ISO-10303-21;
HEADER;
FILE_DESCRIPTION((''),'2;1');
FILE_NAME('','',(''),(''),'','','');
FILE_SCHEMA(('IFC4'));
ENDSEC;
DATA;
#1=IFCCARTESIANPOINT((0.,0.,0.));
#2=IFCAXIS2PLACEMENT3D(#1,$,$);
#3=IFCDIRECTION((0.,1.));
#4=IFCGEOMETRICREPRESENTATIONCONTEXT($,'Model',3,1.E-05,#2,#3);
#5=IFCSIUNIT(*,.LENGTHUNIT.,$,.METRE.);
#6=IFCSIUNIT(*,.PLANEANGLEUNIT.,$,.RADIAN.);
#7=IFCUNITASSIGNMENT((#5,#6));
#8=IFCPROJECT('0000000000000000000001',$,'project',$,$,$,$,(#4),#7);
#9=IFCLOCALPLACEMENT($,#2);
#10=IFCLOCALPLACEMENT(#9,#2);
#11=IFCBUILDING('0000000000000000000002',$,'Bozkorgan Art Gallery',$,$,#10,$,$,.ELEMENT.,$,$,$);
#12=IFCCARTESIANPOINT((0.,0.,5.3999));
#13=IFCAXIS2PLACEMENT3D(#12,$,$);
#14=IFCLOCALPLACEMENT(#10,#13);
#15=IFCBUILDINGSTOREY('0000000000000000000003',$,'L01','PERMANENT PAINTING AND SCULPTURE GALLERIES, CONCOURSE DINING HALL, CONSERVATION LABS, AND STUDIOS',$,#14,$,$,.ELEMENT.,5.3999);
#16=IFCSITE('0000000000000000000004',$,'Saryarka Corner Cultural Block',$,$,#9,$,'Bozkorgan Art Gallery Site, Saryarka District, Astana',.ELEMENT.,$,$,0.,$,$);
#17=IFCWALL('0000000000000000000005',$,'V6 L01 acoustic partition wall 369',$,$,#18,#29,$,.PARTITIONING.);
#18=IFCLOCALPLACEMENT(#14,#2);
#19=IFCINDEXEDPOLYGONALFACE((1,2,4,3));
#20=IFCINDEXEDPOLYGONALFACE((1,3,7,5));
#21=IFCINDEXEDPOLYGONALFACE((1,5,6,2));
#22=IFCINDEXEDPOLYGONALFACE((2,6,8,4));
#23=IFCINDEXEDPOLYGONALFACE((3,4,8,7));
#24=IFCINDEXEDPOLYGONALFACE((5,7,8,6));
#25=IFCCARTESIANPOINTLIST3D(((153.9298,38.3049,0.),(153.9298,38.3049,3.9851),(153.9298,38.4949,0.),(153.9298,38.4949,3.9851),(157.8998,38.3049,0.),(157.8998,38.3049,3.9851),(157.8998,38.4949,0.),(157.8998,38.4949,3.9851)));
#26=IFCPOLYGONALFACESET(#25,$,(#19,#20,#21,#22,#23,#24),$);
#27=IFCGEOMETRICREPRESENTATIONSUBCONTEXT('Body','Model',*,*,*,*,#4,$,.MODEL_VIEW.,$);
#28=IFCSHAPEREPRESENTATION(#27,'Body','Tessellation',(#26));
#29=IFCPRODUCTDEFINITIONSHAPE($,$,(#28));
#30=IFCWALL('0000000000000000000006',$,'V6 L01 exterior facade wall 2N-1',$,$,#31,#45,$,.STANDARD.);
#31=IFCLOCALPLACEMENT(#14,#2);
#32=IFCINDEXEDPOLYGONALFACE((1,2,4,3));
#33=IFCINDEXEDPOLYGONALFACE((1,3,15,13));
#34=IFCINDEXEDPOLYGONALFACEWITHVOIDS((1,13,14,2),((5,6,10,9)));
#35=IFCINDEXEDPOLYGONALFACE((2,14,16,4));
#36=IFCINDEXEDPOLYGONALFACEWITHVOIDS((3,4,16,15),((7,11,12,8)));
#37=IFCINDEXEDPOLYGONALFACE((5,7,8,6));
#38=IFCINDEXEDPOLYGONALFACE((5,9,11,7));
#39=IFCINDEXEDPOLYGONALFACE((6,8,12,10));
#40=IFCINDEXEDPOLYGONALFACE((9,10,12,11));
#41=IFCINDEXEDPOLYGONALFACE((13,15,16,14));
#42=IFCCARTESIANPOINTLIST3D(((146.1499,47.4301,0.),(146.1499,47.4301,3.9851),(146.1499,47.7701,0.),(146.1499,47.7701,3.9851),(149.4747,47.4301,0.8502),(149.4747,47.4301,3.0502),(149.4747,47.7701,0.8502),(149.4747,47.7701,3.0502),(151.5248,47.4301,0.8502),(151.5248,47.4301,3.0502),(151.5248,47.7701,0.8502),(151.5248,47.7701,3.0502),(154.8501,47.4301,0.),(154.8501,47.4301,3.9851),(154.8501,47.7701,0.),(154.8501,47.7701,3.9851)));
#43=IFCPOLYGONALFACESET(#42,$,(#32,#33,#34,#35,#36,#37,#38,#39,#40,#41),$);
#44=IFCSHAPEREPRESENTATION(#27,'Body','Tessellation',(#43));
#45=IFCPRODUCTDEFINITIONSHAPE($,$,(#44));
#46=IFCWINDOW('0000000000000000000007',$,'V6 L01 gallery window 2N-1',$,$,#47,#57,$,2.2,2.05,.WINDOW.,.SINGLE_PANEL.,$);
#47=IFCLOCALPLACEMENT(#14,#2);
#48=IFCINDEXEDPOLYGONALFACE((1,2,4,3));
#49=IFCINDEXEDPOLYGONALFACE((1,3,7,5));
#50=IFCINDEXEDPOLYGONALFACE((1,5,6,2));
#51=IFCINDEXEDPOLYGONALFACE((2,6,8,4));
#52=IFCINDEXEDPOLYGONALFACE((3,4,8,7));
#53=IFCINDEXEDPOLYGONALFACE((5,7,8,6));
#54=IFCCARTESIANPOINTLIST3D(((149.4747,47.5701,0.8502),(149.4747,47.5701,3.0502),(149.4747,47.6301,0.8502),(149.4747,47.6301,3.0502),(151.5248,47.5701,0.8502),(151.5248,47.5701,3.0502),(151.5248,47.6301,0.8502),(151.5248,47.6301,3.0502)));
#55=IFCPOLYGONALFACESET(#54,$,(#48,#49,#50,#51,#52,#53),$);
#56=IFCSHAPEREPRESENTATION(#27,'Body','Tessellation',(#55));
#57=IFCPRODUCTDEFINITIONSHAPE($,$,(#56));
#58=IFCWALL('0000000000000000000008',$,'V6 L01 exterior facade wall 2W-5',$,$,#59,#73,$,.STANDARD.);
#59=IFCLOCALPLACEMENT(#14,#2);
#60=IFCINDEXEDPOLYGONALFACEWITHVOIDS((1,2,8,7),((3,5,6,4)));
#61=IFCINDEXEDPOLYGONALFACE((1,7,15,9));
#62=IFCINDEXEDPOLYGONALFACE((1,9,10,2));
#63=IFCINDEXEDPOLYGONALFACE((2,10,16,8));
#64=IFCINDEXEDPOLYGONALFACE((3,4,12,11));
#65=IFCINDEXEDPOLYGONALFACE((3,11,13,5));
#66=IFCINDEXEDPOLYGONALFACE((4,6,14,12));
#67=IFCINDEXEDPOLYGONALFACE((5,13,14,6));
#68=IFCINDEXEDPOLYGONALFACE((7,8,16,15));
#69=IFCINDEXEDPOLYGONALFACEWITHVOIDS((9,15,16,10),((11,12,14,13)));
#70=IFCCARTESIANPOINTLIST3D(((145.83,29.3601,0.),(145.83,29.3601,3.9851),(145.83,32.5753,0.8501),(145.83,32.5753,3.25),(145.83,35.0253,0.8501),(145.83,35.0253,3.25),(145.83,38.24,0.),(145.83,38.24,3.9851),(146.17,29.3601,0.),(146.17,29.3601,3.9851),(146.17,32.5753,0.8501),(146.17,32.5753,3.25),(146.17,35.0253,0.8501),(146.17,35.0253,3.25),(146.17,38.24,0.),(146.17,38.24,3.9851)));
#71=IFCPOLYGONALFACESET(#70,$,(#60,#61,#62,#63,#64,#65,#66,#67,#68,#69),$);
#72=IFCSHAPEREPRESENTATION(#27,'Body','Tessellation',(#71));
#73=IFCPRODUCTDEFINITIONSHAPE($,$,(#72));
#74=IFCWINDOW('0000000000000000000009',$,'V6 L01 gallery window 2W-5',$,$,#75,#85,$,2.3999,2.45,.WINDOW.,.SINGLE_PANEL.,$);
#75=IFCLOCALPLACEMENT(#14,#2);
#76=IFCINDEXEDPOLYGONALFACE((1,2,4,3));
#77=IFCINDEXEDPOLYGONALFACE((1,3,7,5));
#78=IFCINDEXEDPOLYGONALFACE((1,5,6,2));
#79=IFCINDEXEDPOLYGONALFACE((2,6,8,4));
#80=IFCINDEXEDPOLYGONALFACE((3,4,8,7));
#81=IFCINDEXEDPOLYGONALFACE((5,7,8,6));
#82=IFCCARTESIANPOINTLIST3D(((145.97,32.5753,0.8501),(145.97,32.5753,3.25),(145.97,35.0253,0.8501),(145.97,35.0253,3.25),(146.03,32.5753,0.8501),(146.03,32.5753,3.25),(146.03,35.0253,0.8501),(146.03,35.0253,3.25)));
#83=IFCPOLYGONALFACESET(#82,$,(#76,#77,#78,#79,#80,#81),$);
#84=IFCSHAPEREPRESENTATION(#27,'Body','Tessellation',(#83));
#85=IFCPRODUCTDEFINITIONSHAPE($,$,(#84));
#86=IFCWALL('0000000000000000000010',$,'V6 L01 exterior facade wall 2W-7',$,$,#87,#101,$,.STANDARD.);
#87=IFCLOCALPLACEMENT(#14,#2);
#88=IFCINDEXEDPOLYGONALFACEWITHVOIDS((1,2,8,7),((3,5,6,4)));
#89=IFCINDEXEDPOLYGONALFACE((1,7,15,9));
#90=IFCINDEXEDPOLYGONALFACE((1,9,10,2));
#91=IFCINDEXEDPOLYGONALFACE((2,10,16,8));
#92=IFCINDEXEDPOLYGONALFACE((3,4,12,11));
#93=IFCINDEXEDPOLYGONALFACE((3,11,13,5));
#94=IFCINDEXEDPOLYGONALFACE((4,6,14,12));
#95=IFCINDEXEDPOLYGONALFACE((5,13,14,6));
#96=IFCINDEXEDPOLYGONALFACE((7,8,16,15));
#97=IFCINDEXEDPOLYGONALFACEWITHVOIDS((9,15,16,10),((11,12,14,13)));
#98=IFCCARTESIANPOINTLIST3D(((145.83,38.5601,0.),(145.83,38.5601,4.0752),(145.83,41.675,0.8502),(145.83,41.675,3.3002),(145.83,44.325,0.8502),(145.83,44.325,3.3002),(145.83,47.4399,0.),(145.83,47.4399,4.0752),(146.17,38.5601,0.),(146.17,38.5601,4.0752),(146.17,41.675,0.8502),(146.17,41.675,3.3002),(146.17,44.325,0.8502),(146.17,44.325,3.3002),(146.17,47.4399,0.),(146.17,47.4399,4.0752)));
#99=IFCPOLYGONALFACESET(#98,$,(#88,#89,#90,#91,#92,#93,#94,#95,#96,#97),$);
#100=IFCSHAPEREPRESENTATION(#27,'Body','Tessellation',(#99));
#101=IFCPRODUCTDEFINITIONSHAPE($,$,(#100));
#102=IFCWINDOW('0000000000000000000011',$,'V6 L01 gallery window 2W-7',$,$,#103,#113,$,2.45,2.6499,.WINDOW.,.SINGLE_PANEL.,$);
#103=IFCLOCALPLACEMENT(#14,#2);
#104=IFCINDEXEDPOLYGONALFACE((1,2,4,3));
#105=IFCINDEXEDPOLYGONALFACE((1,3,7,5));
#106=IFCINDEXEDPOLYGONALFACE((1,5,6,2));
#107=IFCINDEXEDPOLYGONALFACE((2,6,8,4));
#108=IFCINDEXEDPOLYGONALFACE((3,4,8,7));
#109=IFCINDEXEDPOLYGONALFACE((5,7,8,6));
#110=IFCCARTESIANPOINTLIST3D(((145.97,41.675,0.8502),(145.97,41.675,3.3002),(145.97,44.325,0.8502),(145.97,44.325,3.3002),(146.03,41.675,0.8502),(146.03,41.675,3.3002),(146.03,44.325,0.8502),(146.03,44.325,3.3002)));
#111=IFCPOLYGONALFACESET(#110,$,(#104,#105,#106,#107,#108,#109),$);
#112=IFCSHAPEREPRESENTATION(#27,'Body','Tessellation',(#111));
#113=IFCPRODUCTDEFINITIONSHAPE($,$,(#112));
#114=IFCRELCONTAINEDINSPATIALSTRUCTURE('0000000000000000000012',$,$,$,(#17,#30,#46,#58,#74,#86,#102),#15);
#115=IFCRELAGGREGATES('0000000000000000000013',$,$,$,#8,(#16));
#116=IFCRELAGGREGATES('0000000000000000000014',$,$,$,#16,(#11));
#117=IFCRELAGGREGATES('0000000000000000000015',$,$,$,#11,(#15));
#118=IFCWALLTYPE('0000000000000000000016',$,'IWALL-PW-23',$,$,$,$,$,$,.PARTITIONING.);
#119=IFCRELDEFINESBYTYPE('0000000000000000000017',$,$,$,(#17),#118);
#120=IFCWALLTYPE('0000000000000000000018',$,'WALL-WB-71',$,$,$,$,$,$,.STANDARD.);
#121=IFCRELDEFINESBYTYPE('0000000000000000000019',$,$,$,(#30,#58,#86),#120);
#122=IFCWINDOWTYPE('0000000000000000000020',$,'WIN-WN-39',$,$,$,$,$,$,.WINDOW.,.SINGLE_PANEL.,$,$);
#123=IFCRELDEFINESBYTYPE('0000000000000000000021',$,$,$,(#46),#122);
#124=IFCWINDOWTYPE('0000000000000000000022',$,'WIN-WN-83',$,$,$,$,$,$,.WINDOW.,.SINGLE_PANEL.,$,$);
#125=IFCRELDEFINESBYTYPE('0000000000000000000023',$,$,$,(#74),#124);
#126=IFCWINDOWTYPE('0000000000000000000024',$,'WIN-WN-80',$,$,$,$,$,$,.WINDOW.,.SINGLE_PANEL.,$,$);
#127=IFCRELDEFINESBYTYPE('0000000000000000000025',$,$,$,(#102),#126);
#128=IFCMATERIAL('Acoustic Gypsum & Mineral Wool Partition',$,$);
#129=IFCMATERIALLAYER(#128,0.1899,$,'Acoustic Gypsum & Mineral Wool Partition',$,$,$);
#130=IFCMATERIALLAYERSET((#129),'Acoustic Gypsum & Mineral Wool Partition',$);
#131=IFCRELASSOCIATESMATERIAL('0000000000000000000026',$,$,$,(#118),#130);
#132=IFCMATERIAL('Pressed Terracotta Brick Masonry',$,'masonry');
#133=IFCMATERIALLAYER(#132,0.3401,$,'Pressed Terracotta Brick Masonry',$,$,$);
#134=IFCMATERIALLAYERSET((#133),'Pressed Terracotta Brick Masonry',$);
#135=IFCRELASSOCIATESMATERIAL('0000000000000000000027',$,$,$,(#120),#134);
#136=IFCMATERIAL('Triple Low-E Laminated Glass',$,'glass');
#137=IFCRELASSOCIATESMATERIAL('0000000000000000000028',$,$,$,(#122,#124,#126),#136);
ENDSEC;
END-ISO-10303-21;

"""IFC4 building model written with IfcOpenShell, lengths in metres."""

from ifc_helpers import new_model, si_unit, direction, frame, frame_2d, origin, place, context, subcontext, project, spatial, rectangle, extrude, material, layer, layer_set, type_object, element, fill, save


model = new_model("IFC4")

# Units and contexts
model_context = context("Model", 3, precision=1e-05, world=origin(), true_north=direction((0.0, 1.0)))
body_context = subcontext(model_context, "Body", "Model", "MODEL_VIEW")
ifc_project = project(units=[si_unit("LENGTHUNIT", "METRE"), si_unit("PLANEANGLEUNIT", "RADIAN")], contexts=[model_context])

# Site, building, storey
site_placement = place(None, origin())
site = spatial("IfcSite", under=ifc_project, at=site_placement, Name="Saryarka Corner Cultural Block", LongName="Bozkorgan Art Gallery Site, Saryarka District, Astana", CompositionType="ELEMENT", RefElevation=0.0)
building_placement = place(site_placement, origin())
building = spatial("IfcBuilding", under=site, at=building_placement, Name="Bozkorgan Art Gallery", CompositionType="ELEMENT")
storey_placement = place(building_placement, frame((0.0, 0.0, 5.3999)))
storey = spatial("IfcBuildingStorey", under=building, at=storey_placement, Name="L01", Description="PERMANENT PAINTING AND SCULPTURE GALLERIES, CONCOURSE DINING HALL, CONSERVATION LABS, AND STUDIOS", CompositionType="ELEMENT", Elevation=5.3999)

# Wall
ifc_material_1 = material(Name="Acoustic Gypsum & Mineral Wool Partition")
ifc_layer_1 = layer(ifc_material_1, 0.1899, Name="Acoustic Gypsum & Mineral Wool Partition")
ifc_layer_set_1 = layer_set([ifc_layer_1], Name="Acoustic Gypsum & Mineral Wool Partition")
wall_type_1 = type_object("IfcWallType", Name="IWALL-PW-23", PredefinedType="PARTITIONING", material=ifc_layer_set_1)
wall_1_placement = place(storey_placement, frame((153.9299, 38.3999, 0.0), z_axis=(0.0, 0.0, 1.0), x_axis=(1.0, 0.0, 0.0)))
element("IfcWall", 1, at=wall_1_placement, inside=storey, type_object=wall_type_1, Name="V6 L01 acoustic partition wall 369", PredefinedType="PARTITIONING", context=body_context, shape_type="SweptSolid", body=[
    extrude(rectangle(XDim=3.97, YDim=0.1899, at=frame_2d((1.9849, 0.0))), origin(), (0.0, 0.0, 1.0), 3.9851),
])

# Walls, openings, windows
ifc_material_2 = material(Name="Pressed Terracotta Brick Masonry", Category="masonry")
ifc_layer_2 = layer(ifc_material_2, 0.3401, Name="Pressed Terracotta Brick Masonry")
ifc_layer_set_2 = layer_set([ifc_layer_2], Name="Pressed Terracotta Brick Masonry")
wall_type_2 = type_object("IfcWallType", Name="WALL-WB-71", PredefinedType="STANDARD", material=ifc_layer_set_2)
wall_2_placement = place(storey_placement, frame((146.1499, 47.6001, 0.0), z_axis=(0.0, 0.0, 1.0), x_axis=(1.0, 0.0, 0.0)))
wall_2 = element("IfcWall", 2, at=wall_2_placement, inside=storey, type_object=wall_type_2, Name="V6 L01 exterior facade wall 2N-1", PredefinedType="STANDARD", context=body_context, shape_type="SweptSolid", body=[
    extrude(rectangle(XDim=8.7002, YDim=0.3401, at=frame_2d((4.3501, 0.0))), origin(), (0.0, 0.0, 1.0), 3.9851),
])
opening_1_placement = place(wall_2_placement, frame((3.325, 0.0, 0.8501)))
opening_1 = element("IfcOpeningElement", 3, at=opening_1_placement, cuts=wall_2, PredefinedType="OPENING", context=body_context, shape_type="SweptSolid", body=[
    extrude(rectangle(XDim=2.05, YDim=2.2, at=frame_2d((1.0249, 1.1001))), frame((0.0, 0.1802, 0.0), z_axis=(0.0, -1.0, 0.0), x_axis=(1.0, 0.0, 0.0)), (0.0, 0.0, 1.0), 0.3601),
])
ifc_material_3 = material(Name="Triple Low-E Laminated Glass", Category="glass")
window_type_1 = type_object("IfcWindowType", Name="WIN-WN-39", PartitioningType="SINGLE_PANEL", PredefinedType="WINDOW", material=ifc_material_3)
window_1_placement = place(opening_1_placement, origin())
window_1 = element("IfcWindow", 4, at=window_1_placement, inside=storey, type_object=window_type_1, Name="V6 L01 gallery window 2N-1", OverallHeight=2.2, OverallWidth=2.05, PartitioningType="SINGLE_PANEL", PredefinedType="WINDOW", context=body_context, shape_type="SweptSolid", body=[
    extrude(rectangle(XDim=2.05, YDim=2.2, at=frame_2d((1.0249, 1.1001))), frame((0.0, 0.03, 0.0), z_axis=(0.0, -1.0, 0.0), x_axis=(1.0, 0.0, 0.0)), (0.0, 0.0, 1.0), 0.0601),
])
fill(opening_1, window_1)
wall_3_placement = place(storey_placement, frame((146.0, 29.3601, 0.0), z_axis=(0.0, 0.0, 1.0), x_axis=(0.0, 1.0, 0.0)))
wall_3 = element("IfcWall", 5, at=wall_3_placement, inside=storey, type_object=wall_type_2, Name="V6 L01 exterior facade wall 2W-5", PredefinedType="STANDARD", context=body_context, shape_type="SweptSolid", body=[
    extrude(rectangle(XDim=8.8799, YDim=0.3401, at=frame_2d((4.4399, 0.0))), origin(), (0.0, 0.0, 1.0), 3.9851),
])
opening_2_placement = place(wall_3_placement, frame((3.2151, 0.0, 0.8501)))
opening_2 = element("IfcOpeningElement", 6, at=opening_2_placement, cuts=wall_3, PredefinedType="OPENING", context=body_context, shape_type="SweptSolid", body=[
    extrude(rectangle(XDim=2.45, YDim=2.3999, at=frame_2d((1.2251, 1.2))), frame((0.0, 0.1802, 0.0), z_axis=(0.0, -1.0, 0.0), x_axis=(1.0, 0.0, 0.0)), (0.0, 0.0, 1.0), 0.3601),
])
window_type_2 = type_object("IfcWindowType", Name="WIN-WN-83", PartitioningType="SINGLE_PANEL", PredefinedType="WINDOW", material=ifc_material_3)
window_2_placement = place(opening_2_placement, origin())
window_2 = element("IfcWindow", 7, at=window_2_placement, inside=storey, type_object=window_type_2, Name="V6 L01 gallery window 2W-5", OverallHeight=2.3999, OverallWidth=2.45, PartitioningType="SINGLE_PANEL", PredefinedType="WINDOW", context=body_context, shape_type="SweptSolid", body=[
    extrude(rectangle(XDim=2.45, YDim=2.3999, at=frame_2d((1.2251, 1.2))), frame((0.0, 0.03, 0.0), z_axis=(0.0, -1.0, 0.0), x_axis=(1.0, 0.0, 0.0)), (0.0, 0.0, 1.0), 0.0601),
])
fill(opening_2, window_2)
wall_4_placement = place(storey_placement, frame((146.0, 38.5601, 0.0), z_axis=(0.0, 0.0, 1.0), x_axis=(0.0, 1.0, 0.0)))
wall_4 = element("IfcWall", 8, at=wall_4_placement, inside=storey, type_object=wall_type_2, Name="V6 L01 exterior facade wall 2W-7", PredefinedType="STANDARD", context=body_context, shape_type="SweptSolid", body=[
    extrude(rectangle(XDim=8.8799, YDim=0.3401, at=frame_2d((4.4399, 0.0))), origin(), (0.0, 0.0, 1.0), 4.0752),
])
opening_3_placement = place(wall_4_placement, frame((3.115, 0.0, 0.8501)))
opening_3 = element("IfcOpeningElement", 9, at=opening_3_placement, cuts=wall_4, PredefinedType="OPENING", context=body_context, shape_type="SweptSolid", body=[
    extrude(rectangle(XDim=2.6499, YDim=2.45, at=frame_2d((1.325, 1.2251))), frame((0.0, 0.1802, 0.0), z_axis=(0.0, -1.0, 0.0), x_axis=(1.0, 0.0, 0.0)), (0.0, 0.0, 1.0), 0.3601),
])
window_type_3 = type_object("IfcWindowType", Name="WIN-WN-80", PartitioningType="SINGLE_PANEL", PredefinedType="WINDOW", material=ifc_material_3)
window_3_placement = place(opening_3_placement, origin())
window_3 = element("IfcWindow", 10, at=window_3_placement, inside=storey, type_object=window_type_3, Name="V6 L01 gallery window 2W-7", OverallHeight=2.45, OverallWidth=2.6499, PartitioningType="SINGLE_PANEL", PredefinedType="WINDOW", context=body_context, shape_type="SweptSolid", body=[
    extrude(rectangle(XDim=2.6499, YDim=2.45, at=frame_2d((1.325, 1.2251))), frame((0.0, 0.03, 0.0), z_axis=(0.0, -1.0, 0.0), x_axis=(1.0, 0.0, 0.0)), (0.0, 0.0, 1.0), 0.0601),
])
fill(opening_3, window_3)

save(model, "model.ifc")
